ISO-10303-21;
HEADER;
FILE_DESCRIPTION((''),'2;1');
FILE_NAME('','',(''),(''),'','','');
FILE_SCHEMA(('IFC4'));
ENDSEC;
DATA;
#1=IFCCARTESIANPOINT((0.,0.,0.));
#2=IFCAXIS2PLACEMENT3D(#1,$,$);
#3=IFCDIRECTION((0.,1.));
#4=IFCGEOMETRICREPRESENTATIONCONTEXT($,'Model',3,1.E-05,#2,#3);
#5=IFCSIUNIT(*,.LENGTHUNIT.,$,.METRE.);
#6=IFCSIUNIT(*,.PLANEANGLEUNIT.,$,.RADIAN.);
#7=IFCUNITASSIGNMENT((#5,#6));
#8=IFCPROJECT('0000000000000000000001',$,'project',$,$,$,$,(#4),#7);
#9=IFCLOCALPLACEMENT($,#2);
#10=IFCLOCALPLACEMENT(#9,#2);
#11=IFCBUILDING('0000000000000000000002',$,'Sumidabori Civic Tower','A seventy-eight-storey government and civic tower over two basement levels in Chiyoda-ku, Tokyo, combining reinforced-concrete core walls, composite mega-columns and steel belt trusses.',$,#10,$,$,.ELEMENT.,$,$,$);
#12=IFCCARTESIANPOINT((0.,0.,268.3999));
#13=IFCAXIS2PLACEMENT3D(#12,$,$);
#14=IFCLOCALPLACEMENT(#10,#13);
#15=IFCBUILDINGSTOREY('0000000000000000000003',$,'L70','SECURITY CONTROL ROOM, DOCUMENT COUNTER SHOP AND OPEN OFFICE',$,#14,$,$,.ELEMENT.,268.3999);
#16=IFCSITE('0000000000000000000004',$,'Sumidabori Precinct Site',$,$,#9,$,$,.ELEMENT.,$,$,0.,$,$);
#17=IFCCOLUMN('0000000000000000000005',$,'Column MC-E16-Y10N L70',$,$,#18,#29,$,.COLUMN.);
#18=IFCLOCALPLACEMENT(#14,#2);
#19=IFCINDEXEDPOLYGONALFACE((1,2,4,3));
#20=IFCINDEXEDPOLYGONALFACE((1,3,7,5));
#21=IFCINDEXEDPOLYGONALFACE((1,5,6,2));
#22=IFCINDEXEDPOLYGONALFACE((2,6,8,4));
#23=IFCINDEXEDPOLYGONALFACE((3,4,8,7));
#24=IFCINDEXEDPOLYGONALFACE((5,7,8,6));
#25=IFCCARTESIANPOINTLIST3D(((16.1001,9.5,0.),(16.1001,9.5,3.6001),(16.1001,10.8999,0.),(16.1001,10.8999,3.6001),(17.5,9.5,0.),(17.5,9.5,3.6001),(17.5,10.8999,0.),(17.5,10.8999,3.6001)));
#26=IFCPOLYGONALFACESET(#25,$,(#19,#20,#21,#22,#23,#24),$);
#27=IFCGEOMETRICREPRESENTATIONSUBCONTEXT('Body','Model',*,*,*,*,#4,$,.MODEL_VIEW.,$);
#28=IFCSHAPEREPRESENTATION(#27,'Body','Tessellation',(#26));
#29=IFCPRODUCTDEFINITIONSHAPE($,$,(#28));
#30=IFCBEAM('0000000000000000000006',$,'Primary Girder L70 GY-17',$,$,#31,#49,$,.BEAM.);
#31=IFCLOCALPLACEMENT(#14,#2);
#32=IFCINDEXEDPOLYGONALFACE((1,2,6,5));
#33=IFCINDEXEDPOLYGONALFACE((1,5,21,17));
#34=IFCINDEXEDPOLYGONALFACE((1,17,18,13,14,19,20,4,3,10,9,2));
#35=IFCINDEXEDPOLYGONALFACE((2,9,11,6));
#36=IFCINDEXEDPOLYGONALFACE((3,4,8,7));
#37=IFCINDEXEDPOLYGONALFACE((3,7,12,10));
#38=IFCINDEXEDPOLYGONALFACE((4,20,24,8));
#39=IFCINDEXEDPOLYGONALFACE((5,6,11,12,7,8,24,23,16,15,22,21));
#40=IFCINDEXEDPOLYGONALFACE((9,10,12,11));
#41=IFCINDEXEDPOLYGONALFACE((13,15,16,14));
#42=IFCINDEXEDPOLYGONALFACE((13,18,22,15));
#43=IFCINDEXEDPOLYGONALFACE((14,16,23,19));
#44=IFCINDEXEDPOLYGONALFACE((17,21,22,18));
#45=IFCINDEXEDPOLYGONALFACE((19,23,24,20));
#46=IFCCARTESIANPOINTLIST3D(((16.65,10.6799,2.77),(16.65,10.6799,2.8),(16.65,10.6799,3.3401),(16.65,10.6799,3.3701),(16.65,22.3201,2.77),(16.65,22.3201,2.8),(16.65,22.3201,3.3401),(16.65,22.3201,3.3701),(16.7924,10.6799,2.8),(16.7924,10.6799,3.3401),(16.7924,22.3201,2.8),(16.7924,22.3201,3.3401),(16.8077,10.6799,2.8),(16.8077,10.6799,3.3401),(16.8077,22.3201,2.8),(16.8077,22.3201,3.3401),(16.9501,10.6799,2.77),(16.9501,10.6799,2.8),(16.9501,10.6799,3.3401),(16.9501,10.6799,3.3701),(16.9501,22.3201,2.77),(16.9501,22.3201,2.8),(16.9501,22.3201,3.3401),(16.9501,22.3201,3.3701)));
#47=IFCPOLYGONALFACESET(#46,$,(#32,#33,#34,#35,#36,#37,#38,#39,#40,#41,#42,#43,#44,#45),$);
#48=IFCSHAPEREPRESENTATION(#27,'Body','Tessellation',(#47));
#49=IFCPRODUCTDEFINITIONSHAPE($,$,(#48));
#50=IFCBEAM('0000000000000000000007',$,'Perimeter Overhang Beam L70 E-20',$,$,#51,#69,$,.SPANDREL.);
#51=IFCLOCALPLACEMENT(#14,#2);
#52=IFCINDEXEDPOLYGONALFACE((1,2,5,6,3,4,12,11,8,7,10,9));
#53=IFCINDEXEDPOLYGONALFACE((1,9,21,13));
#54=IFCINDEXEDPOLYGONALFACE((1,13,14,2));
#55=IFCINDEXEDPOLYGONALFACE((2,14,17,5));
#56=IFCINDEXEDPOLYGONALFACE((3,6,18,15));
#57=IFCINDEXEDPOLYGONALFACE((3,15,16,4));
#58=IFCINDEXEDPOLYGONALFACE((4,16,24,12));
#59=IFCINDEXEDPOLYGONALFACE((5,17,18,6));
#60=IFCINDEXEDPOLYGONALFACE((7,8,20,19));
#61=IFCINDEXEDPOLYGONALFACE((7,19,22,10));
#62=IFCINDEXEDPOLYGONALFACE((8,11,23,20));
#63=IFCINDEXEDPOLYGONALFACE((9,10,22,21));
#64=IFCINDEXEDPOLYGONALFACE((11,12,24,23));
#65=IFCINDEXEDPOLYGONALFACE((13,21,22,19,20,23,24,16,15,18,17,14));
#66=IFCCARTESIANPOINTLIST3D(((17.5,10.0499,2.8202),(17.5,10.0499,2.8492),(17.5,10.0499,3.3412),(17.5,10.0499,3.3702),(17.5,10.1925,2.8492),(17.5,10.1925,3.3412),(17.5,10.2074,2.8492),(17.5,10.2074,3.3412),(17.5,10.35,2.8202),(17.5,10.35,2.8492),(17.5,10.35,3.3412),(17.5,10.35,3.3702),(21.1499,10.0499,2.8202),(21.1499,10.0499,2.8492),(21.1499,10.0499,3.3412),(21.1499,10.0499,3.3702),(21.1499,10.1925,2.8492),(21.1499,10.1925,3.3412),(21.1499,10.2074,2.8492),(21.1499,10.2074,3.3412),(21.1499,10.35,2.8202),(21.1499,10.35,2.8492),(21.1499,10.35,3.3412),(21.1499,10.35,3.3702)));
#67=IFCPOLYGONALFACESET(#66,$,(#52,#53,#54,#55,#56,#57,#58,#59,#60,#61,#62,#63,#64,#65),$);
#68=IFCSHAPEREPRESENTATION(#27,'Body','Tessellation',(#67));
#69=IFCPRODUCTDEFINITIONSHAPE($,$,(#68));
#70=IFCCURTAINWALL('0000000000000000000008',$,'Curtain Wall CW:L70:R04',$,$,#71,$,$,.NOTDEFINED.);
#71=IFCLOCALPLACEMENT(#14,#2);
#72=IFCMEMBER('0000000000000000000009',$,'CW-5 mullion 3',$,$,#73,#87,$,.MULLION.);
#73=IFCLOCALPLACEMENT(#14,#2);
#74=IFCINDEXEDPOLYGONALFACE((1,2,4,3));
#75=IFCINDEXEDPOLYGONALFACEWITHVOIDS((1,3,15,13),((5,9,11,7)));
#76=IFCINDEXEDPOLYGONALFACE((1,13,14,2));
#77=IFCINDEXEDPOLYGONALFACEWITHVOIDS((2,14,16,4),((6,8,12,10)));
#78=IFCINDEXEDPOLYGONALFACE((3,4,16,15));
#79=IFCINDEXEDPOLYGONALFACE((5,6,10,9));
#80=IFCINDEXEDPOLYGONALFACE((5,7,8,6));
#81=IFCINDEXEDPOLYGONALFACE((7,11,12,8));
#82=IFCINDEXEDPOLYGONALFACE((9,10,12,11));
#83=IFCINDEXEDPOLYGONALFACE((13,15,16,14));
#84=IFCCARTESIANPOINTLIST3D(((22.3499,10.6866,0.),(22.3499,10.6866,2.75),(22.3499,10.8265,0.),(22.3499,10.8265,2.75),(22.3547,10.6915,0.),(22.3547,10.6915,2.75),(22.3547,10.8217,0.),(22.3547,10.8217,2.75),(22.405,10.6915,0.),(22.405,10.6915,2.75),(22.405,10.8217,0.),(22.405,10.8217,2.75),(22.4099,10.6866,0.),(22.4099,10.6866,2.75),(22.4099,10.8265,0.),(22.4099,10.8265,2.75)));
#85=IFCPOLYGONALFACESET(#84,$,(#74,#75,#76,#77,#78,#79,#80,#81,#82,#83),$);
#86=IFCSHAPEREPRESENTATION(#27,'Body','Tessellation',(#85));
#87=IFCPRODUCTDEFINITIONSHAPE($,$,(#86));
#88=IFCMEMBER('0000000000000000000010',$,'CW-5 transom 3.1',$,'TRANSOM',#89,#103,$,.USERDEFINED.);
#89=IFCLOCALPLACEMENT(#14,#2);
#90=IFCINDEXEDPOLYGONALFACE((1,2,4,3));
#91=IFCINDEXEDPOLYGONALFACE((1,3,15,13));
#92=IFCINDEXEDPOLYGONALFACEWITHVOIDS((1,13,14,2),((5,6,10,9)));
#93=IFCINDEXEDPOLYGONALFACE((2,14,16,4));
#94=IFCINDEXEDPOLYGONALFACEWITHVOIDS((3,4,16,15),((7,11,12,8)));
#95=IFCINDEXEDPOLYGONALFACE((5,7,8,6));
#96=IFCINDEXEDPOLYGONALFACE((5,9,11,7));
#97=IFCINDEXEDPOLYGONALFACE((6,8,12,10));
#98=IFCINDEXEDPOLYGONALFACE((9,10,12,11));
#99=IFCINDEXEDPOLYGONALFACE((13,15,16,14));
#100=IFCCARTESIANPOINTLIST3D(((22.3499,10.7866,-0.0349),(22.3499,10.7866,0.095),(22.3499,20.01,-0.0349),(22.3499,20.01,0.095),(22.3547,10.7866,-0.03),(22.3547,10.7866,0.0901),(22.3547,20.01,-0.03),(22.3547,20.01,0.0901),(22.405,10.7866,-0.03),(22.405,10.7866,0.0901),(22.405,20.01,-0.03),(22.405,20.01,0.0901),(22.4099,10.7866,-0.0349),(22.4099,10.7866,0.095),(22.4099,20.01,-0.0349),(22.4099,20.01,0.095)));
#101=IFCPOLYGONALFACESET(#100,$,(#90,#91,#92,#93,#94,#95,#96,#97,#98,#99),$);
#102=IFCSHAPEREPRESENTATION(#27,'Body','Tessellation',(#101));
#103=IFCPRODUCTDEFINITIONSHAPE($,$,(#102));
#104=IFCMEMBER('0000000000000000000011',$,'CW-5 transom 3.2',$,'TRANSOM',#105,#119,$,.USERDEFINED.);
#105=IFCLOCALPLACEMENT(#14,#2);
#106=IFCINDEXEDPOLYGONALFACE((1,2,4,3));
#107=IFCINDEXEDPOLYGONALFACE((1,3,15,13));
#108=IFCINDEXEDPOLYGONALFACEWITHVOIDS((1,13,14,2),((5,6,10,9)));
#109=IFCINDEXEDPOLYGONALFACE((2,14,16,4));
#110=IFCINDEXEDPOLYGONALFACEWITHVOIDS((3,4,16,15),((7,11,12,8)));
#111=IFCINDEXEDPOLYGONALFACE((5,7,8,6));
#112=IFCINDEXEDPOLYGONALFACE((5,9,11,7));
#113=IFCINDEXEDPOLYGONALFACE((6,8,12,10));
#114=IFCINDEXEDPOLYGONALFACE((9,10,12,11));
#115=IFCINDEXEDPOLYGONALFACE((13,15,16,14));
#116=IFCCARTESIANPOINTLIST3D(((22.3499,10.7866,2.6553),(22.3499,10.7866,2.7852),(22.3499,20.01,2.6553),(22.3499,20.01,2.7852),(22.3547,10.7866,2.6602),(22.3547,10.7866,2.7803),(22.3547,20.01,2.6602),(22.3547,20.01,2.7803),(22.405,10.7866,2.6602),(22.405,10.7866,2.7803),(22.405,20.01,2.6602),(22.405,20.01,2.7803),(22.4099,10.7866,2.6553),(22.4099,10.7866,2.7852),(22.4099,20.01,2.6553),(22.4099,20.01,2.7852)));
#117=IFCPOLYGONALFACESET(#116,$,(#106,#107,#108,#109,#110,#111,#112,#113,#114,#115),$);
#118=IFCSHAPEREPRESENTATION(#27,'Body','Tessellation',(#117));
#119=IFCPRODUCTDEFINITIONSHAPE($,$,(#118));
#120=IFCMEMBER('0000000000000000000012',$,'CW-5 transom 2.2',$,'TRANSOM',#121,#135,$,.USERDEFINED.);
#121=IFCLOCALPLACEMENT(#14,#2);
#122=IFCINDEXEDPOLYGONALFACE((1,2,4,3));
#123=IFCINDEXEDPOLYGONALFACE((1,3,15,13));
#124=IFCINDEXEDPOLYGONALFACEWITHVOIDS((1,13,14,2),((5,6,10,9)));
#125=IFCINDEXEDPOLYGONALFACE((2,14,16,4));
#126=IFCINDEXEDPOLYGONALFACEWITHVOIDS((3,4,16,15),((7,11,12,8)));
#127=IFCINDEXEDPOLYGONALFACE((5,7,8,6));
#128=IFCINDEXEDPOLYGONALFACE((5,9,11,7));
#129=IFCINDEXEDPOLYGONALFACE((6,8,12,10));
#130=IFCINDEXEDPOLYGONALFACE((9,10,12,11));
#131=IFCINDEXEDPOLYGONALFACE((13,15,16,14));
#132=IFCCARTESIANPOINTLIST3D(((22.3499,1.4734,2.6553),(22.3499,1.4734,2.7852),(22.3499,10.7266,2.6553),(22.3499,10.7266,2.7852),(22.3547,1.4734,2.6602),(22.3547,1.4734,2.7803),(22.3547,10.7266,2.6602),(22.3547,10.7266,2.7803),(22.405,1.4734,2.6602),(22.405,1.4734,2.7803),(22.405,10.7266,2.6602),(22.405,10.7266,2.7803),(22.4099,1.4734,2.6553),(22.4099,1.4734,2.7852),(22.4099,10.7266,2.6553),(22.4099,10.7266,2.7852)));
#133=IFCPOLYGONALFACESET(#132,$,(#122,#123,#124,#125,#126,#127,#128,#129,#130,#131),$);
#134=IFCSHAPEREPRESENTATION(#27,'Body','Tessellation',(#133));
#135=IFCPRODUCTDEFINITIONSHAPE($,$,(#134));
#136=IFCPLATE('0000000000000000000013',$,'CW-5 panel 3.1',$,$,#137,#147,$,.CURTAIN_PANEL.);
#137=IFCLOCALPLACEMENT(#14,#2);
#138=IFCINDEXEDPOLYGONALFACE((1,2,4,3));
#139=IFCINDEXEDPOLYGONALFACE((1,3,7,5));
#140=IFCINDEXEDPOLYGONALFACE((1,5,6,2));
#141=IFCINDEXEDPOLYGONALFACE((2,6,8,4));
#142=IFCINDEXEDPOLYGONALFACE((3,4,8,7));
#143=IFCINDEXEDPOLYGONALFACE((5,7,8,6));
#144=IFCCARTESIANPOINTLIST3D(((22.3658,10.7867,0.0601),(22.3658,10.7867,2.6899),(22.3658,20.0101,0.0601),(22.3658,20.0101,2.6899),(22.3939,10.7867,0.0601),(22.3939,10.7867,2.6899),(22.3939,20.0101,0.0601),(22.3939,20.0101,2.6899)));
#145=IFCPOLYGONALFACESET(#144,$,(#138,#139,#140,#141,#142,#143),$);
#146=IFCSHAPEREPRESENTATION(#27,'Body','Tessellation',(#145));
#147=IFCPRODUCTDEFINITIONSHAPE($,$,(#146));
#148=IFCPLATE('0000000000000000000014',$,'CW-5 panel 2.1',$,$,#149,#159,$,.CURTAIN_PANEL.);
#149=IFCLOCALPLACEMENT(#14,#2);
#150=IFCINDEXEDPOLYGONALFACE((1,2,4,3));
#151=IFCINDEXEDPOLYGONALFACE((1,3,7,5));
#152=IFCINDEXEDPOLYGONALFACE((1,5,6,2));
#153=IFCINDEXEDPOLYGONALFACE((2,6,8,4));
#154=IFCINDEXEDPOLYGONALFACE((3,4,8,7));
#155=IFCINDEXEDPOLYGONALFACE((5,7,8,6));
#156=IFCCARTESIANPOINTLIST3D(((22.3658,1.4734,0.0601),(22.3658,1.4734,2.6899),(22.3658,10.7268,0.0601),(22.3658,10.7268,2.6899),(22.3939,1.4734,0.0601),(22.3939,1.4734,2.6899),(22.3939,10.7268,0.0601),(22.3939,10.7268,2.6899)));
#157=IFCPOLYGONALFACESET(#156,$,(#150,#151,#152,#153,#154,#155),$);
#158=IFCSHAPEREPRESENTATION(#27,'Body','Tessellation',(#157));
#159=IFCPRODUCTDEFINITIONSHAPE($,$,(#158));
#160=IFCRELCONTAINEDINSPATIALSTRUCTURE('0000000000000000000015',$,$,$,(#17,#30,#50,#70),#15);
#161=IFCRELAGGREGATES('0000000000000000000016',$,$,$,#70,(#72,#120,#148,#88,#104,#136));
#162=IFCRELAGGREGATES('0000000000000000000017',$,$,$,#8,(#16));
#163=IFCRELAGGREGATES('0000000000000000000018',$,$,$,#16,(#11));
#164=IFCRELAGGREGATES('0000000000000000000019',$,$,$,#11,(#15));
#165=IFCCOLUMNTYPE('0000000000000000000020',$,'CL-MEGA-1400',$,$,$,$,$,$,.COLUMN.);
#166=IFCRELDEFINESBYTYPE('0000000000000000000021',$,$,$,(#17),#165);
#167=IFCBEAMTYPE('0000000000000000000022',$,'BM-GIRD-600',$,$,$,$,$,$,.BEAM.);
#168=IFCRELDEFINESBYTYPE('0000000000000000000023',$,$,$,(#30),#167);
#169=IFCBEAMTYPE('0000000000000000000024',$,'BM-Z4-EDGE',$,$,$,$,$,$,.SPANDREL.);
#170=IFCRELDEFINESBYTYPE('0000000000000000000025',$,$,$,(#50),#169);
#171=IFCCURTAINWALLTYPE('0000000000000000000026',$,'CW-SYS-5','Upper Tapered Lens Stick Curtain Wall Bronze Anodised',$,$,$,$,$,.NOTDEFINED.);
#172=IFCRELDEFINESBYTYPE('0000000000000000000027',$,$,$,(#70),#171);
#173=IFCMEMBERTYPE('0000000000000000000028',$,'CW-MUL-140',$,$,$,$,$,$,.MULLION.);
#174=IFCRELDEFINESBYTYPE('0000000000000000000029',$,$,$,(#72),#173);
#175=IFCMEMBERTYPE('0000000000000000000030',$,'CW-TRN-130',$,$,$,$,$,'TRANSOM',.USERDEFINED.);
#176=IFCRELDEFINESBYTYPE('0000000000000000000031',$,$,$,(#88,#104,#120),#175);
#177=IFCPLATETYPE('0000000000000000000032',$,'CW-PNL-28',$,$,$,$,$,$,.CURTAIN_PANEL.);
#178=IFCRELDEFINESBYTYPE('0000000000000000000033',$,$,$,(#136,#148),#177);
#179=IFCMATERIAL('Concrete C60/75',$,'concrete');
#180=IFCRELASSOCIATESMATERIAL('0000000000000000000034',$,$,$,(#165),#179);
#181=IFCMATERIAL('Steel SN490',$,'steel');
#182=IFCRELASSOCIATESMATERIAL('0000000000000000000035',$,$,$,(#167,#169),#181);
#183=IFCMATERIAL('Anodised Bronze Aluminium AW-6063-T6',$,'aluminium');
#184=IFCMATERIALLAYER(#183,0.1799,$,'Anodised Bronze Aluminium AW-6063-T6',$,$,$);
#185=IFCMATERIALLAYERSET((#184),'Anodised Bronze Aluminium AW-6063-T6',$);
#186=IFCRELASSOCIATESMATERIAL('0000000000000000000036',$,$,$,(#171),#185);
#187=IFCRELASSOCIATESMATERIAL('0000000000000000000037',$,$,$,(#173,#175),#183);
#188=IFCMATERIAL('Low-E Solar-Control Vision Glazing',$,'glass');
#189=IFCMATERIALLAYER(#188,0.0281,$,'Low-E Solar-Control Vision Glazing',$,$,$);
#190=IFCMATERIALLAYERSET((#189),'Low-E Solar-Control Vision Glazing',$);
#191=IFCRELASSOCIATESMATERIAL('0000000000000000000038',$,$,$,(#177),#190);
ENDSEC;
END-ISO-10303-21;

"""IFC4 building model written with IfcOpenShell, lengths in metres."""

from ifc_helpers import new_model, si_unit, direction, frame, origin, origin_2d, place, context, subcontext, project, spatial, rectangle, hollow_rectangle, i_section, extrude, source, transform, mapped, material, layer, layer_set, material_profile, profile_set, type_object, element, aggregate, save


model = new_model("IFC4")

# Units and contexts
model_context = context("Model", 3, precision=1e-05, world=origin(), true_north=direction((0.0, 1.0)))
body_context = subcontext(model_context, "Body", "Model", "MODEL_VIEW")
ifc_project = project(units=[si_unit("LENGTHUNIT", "METRE"), si_unit("PLANEANGLEUNIT", "RADIAN")], contexts=[model_context])

# Site, building, storey
site_placement = place(None, origin())
site = spatial("IfcSite", under=ifc_project, at=site_placement, Name="Sumidabori Precinct Site", CompositionType="ELEMENT", RefElevation=0.0)
building_placement = place(site_placement, origin())
building = spatial("IfcBuilding", under=site, at=building_placement, Name="Sumidabori Civic Tower", Description="A seventy-eight-storey government and civic tower over two basement levels in Chiyoda-ku, Tokyo, combining reinforced-concrete core walls, composite mega-columns and steel belt trusses.", CompositionType="ELEMENT")
storey_placement = place(building_placement, frame((0.0, 0.0, 268.3999)))
storey = spatial("IfcBuildingStorey", under=building, at=storey_placement, Name="L70", Description="SECURITY CONTROL ROOM, DOCUMENT COUNTER SHOP AND OPEN OFFICE", CompositionType="ELEMENT", Elevation=268.3999)

# Column
ifc_material_1 = material(Name="Concrete C60/75", Category="concrete")
ifc_material_profile_1 = material_profile(ifc_material_1, rectangle(XDim=1.3999, YDim=1.3999, at=origin_2d()), Name="RC 1400x1400")
ifc_profile_set_1 = profile_set([ifc_material_profile_1], Name="Concrete C60/75")
column_type = type_object("IfcColumnType", Name="CL-MEGA-1400", PredefinedType="COLUMN", material=ifc_profile_set_1)
shared_shape_1 = source(origin(), body_context, "Body", "SweptSolid", [
    extrude(rectangle(XDim=1.3999, YDim=1.3999, at=origin_2d()), origin(), (0.0, 0.0, 1.0), 3.6001),
])
column_placement = place(storey_placement, frame((16.8, 10.2, 0.0), z_axis=(0.0, 0.0, 1.0), x_axis=(1.0, 0.0, 0.0)))
element("IfcColumn", 1, at=column_placement, inside=storey, type_object=column_type, Name="Column MC-E16-Y10N L70", PredefinedType="COLUMN", context=body_context, shape_type="MappedRepresentation", body=[
    mapped(shared_shape_1, transform((0.0, 0.0, 0.0), x_axis=(1.0, 0.0, 0.0), y_axis=(0.0, 1.0, 0.0), z_axis=(0.0, 0.0, 1.0), scale=1.0)),
])

# Beams
ifc_material_2 = material(Name="Steel SN490", Category="steel")
ifc_material_profile_2 = material_profile(ifc_material_2, i_section(OverallWidth=0.3, OverallDepth=0.6001, WebThickness=0.0154, FlangeThickness=0.03, at=origin_2d()), Name="HE 600 B")
ifc_profile_set_2 = profile_set([ifc_material_profile_2], Name="Steel SN490")
beam_type_1 = type_object("IfcBeamType", Name="BM-GIRD-600", PredefinedType="BEAM", material=ifc_profile_set_2)
shared_shape_2 = source(origin(), body_context, "Body", "SweptSolid", [
    extrude(i_section(OverallWidth=0.3, OverallDepth=0.6001, WebThickness=0.0154, FlangeThickness=0.03, at=origin_2d()), origin(), (0.0, 0.0, 1.0), 11.6401),
])
beam_1_placement = place(storey_placement, frame((16.8, 10.6799, 3.0701), z_axis=(0.0, 1.0, 0.0), x_axis=(-1.0, 0.0, 0.0)))
element("IfcBeam", 2, at=beam_1_placement, inside=storey, type_object=beam_type_1, Name="Primary Girder L70 GY-17", PredefinedType="BEAM", context=body_context, shape_type="MappedRepresentation", body=[
    mapped(shared_shape_2, transform((0.0, 0.0, 0.0), x_axis=(1.0, 0.0, 0.0), y_axis=(0.0, 1.0, 0.0), z_axis=(0.0, 0.0, 1.0), scale=1.0)),
])
ifc_material_profile_3 = material_profile(ifc_material_2, i_section(OverallWidth=0.3, OverallDepth=0.55, WebThickness=0.0149, FlangeThickness=0.0291, at=origin_2d()), Name="HE 550 B")
ifc_profile_set_3 = profile_set([ifc_material_profile_3], Name="Steel SN490")
beam_type_2 = type_object("IfcBeamType", Name="BM-Z4-EDGE", PredefinedType="SPANDREL", material=ifc_profile_set_3)
shared_shape_3 = source(origin(), body_context, "Body", "SweptSolid", [
    extrude(i_section(OverallWidth=0.3, OverallDepth=0.55, WebThickness=0.0149, FlangeThickness=0.0291, at=origin_2d()), origin(), (0.0, 0.0, 1.0), 3.6499),
])
beam_2_placement = place(storey_placement, frame((17.5, 10.2, 3.0952), z_axis=(1.0, 0.0, 0.0), x_axis=(0.0, 1.0, 0.0)))
element("IfcBeam", 3, at=beam_2_placement, inside=storey, type_object=beam_type_2, Name="Perimeter Overhang Beam L70 E-20", PredefinedType="SPANDREL", context=body_context, shape_type="MappedRepresentation", body=[
    mapped(shared_shape_3, transform((0.0, 0.0, 0.0), x_axis=(1.0, 0.0, 0.0), y_axis=(0.0, 1.0, 0.0), z_axis=(0.0, 0.0, 1.0), scale=1.0)),
])

# Curtain wall, members, plates
ifc_material_3 = material(Name="Anodised Bronze Aluminium AW-6063-T6", Category="aluminium")
ifc_layer_1 = layer(ifc_material_3, 0.1799, Name="Anodised Bronze Aluminium AW-6063-T6")
ifc_layer_set_1 = layer_set([ifc_layer_1], Name="Anodised Bronze Aluminium AW-6063-T6")
curtain_wall_type = type_object("IfcCurtainWallType", Name="CW-SYS-5", Description="Upper Tapered Lens Stick Curtain Wall Bronze Anodised", PredefinedType="NOTDEFINED", material=ifc_layer_set_1)
curtain_wall_placement = place(storey_placement, origin())
curtain_wall = element("IfcCurtainWall", 4, at=curtain_wall_placement, inside=storey, type_object=curtain_wall_type, Name="Curtain Wall CW:L70:R04", PredefinedType="NOTDEFINED")
ifc_material_profile_4 = material_profile(ifc_material_3, hollow_rectangle(XDim=0.0601, YDim=0.1399, WallThickness=0.0049, at=origin_2d()), Name="ALU MULLION 140x60")
ifc_profile_set_4 = profile_set([ifc_material_profile_4], Name="Anodised Bronze Aluminium AW-6063-T6")
member_type_1 = type_object("IfcMemberType", Name="CW-MUL-140", PredefinedType="MULLION", material=ifc_profile_set_4)
shared_shape_4 = source(origin(), body_context, "Body", "SweptSolid", [
    extrude(hollow_rectangle(XDim=0.0601, YDim=0.1399, WallThickness=0.0049, at=origin_2d()), origin(), (0.0, 0.0, 1.0), 2.75),
])
member_1_placement = place(storey_placement, frame((22.3799, 10.7566, 0.0), z_axis=(0.0, 0.0, 1.0), x_axis=(-1.0, 0.0, 0.0)))
member_1 = element("IfcMember", 5, at=member_1_placement, type_object=member_type_1, Name="CW-5 mullion 3", PredefinedType="MULLION", context=body_context, shape_type="MappedRepresentation", body=[
    mapped(shared_shape_4, transform((0.0, 0.0, 0.0), x_axis=(1.0, 0.0, 0.0), y_axis=(0.0, 1.0, 0.0), z_axis=(0.0, 0.0, 1.0), scale=1.0)),
])
ifc_material_profile_5 = material_profile(ifc_material_3, hollow_rectangle(XDim=0.0601, YDim=0.1299, WallThickness=0.0049, at=origin_2d()), Name="ALU TRANSOM 130x60")
ifc_profile_set_5 = profile_set([ifc_material_profile_5], Name="Anodised Bronze Aluminium AW-6063-T6")
member_type_2 = type_object("IfcMemberType", Name="CW-TRN-130", ElementType="TRANSOM", PredefinedType="USERDEFINED", material=ifc_profile_set_5)
shared_shape_5 = source(origin(), body_context, "Body", "SweptSolid", [
    extrude(hollow_rectangle(XDim=0.0601, YDim=0.1299, WallThickness=0.0049, at=origin_2d()), origin(), (0.0, 0.0, 1.0), 9.2234),
])
member_2_placement = place(storey_placement, frame((22.3799, 10.7866, 0.03), z_axis=(0.0, 1.0, 0.0), x_axis=(-1.0, 0.0, 0.0)))
member_2 = element("IfcMember", 6, at=member_2_placement, type_object=member_type_2, Name="CW-5 transom 3.1", ObjectType="TRANSOM", PredefinedType="USERDEFINED", context=body_context, shape_type="MappedRepresentation", body=[
    mapped(shared_shape_5, transform((0.0, 0.0, 0.0), x_axis=(1.0, 0.0, 0.0), y_axis=(0.0, 1.0, 0.0), z_axis=(0.0, 0.0, 1.0), scale=1.0)),
])
member_3_placement = place(storey_placement, frame((22.3799, 10.7866, 2.7202), z_axis=(0.0, 1.0, 0.0), x_axis=(-1.0, 0.0, 0.0)))
member_3 = element("IfcMember", 7, at=member_3_placement, type_object=member_type_2, Name="CW-5 transom 3.2", ObjectType="TRANSOM", PredefinedType="USERDEFINED", context=body_context, shape_type="MappedRepresentation", body=[
    mapped(shared_shape_5, transform((0.0, 0.0, 0.0), x_axis=(1.0, 0.0, 0.0), y_axis=(0.0, 1.0, 0.0), z_axis=(0.0, 0.0, 1.0), scale=1.0)),
])
shared_shape_6 = source(origin(), body_context, "Body", "SweptSolid", [
    extrude(hollow_rectangle(XDim=0.0601, YDim=0.1299, WallThickness=0.0049, at=origin_2d()), origin(), (0.0, 0.0, 1.0), 9.2532),
])
member_4_placement = place(storey_placement, frame((22.3799, 1.4734, 2.7202), z_axis=(0.0, 1.0, 0.0), x_axis=(-1.0, 0.0, 0.0)))
member_4 = element("IfcMember", 8, at=member_4_placement, type_object=member_type_2, Name="CW-5 transom 2.2", ObjectType="TRANSOM", PredefinedType="USERDEFINED", context=body_context, shape_type="MappedRepresentation", body=[
    mapped(shared_shape_6, transform((0.0, 0.0, 0.0), x_axis=(1.0, 0.0, 0.0), y_axis=(0.0, 1.0, 0.0), z_axis=(0.0, 0.0, 1.0), scale=1.0)),
])
ifc_material_4 = material(Name="Low-E Solar-Control Vision Glazing", Category="glass")
ifc_layer_2 = layer(ifc_material_4, 0.0281, Name="Low-E Solar-Control Vision Glazing")
ifc_layer_set_2 = layer_set([ifc_layer_2], Name="Low-E Solar-Control Vision Glazing")
plate_type = type_object("IfcPlateType", Name="CW-PNL-28", PredefinedType="CURTAIN_PANEL", material=ifc_layer_set_2)
shared_shape_7 = source(origin(), body_context, "Body", "SweptSolid", [
    extrude(rectangle(XDim=9.2234, YDim=0.0281, at=origin_2d()), origin(), (0.0, 0.0, 1.0), 2.6299),
])
plate_1_placement = place(storey_placement, frame((22.3799, 15.3984, 0.0601), z_axis=(0.0, 0.0, 1.0), x_axis=(0.0, 1.0, 0.0)))
plate_1 = element("IfcPlate", 9, at=plate_1_placement, type_object=plate_type, Name="CW-5 panel 3.1", PredefinedType="CURTAIN_PANEL", context=body_context, shape_type="MappedRepresentation", body=[
    mapped(shared_shape_7, transform((0.0, 0.0, 0.0), x_axis=(1.0, 0.0, 0.0), y_axis=(0.0, 1.0, 0.0), z_axis=(0.0, 0.0, 1.0), scale=1.0)),
])
shared_shape_8 = source(origin(), body_context, "Body", "SweptSolid", [
    extrude(rectangle(XDim=9.2534, YDim=0.0281, at=origin_2d()), origin(), (0.0, 0.0, 1.0), 2.6299),
])
plate_2_placement = place(storey_placement, frame((22.3799, 6.1001, 0.0601), z_axis=(0.0, 0.0, 1.0), x_axis=(0.0, 1.0, 0.0)))
plate_2 = element("IfcPlate", 10, at=plate_2_placement, type_object=plate_type, Name="CW-5 panel 2.1", PredefinedType="CURTAIN_PANEL", context=body_context, shape_type="MappedRepresentation", body=[
    mapped(shared_shape_8, transform((0.0, 0.0, 0.0), x_axis=(1.0, 0.0, 0.0), y_axis=(0.0, 1.0, 0.0), z_axis=(0.0, 0.0, 1.0), scale=1.0)),
])
aggregate(curtain_wall, [member_1, member_4, plate_2, member_2, member_3, plate_1])

save(model, "model.ifc")
